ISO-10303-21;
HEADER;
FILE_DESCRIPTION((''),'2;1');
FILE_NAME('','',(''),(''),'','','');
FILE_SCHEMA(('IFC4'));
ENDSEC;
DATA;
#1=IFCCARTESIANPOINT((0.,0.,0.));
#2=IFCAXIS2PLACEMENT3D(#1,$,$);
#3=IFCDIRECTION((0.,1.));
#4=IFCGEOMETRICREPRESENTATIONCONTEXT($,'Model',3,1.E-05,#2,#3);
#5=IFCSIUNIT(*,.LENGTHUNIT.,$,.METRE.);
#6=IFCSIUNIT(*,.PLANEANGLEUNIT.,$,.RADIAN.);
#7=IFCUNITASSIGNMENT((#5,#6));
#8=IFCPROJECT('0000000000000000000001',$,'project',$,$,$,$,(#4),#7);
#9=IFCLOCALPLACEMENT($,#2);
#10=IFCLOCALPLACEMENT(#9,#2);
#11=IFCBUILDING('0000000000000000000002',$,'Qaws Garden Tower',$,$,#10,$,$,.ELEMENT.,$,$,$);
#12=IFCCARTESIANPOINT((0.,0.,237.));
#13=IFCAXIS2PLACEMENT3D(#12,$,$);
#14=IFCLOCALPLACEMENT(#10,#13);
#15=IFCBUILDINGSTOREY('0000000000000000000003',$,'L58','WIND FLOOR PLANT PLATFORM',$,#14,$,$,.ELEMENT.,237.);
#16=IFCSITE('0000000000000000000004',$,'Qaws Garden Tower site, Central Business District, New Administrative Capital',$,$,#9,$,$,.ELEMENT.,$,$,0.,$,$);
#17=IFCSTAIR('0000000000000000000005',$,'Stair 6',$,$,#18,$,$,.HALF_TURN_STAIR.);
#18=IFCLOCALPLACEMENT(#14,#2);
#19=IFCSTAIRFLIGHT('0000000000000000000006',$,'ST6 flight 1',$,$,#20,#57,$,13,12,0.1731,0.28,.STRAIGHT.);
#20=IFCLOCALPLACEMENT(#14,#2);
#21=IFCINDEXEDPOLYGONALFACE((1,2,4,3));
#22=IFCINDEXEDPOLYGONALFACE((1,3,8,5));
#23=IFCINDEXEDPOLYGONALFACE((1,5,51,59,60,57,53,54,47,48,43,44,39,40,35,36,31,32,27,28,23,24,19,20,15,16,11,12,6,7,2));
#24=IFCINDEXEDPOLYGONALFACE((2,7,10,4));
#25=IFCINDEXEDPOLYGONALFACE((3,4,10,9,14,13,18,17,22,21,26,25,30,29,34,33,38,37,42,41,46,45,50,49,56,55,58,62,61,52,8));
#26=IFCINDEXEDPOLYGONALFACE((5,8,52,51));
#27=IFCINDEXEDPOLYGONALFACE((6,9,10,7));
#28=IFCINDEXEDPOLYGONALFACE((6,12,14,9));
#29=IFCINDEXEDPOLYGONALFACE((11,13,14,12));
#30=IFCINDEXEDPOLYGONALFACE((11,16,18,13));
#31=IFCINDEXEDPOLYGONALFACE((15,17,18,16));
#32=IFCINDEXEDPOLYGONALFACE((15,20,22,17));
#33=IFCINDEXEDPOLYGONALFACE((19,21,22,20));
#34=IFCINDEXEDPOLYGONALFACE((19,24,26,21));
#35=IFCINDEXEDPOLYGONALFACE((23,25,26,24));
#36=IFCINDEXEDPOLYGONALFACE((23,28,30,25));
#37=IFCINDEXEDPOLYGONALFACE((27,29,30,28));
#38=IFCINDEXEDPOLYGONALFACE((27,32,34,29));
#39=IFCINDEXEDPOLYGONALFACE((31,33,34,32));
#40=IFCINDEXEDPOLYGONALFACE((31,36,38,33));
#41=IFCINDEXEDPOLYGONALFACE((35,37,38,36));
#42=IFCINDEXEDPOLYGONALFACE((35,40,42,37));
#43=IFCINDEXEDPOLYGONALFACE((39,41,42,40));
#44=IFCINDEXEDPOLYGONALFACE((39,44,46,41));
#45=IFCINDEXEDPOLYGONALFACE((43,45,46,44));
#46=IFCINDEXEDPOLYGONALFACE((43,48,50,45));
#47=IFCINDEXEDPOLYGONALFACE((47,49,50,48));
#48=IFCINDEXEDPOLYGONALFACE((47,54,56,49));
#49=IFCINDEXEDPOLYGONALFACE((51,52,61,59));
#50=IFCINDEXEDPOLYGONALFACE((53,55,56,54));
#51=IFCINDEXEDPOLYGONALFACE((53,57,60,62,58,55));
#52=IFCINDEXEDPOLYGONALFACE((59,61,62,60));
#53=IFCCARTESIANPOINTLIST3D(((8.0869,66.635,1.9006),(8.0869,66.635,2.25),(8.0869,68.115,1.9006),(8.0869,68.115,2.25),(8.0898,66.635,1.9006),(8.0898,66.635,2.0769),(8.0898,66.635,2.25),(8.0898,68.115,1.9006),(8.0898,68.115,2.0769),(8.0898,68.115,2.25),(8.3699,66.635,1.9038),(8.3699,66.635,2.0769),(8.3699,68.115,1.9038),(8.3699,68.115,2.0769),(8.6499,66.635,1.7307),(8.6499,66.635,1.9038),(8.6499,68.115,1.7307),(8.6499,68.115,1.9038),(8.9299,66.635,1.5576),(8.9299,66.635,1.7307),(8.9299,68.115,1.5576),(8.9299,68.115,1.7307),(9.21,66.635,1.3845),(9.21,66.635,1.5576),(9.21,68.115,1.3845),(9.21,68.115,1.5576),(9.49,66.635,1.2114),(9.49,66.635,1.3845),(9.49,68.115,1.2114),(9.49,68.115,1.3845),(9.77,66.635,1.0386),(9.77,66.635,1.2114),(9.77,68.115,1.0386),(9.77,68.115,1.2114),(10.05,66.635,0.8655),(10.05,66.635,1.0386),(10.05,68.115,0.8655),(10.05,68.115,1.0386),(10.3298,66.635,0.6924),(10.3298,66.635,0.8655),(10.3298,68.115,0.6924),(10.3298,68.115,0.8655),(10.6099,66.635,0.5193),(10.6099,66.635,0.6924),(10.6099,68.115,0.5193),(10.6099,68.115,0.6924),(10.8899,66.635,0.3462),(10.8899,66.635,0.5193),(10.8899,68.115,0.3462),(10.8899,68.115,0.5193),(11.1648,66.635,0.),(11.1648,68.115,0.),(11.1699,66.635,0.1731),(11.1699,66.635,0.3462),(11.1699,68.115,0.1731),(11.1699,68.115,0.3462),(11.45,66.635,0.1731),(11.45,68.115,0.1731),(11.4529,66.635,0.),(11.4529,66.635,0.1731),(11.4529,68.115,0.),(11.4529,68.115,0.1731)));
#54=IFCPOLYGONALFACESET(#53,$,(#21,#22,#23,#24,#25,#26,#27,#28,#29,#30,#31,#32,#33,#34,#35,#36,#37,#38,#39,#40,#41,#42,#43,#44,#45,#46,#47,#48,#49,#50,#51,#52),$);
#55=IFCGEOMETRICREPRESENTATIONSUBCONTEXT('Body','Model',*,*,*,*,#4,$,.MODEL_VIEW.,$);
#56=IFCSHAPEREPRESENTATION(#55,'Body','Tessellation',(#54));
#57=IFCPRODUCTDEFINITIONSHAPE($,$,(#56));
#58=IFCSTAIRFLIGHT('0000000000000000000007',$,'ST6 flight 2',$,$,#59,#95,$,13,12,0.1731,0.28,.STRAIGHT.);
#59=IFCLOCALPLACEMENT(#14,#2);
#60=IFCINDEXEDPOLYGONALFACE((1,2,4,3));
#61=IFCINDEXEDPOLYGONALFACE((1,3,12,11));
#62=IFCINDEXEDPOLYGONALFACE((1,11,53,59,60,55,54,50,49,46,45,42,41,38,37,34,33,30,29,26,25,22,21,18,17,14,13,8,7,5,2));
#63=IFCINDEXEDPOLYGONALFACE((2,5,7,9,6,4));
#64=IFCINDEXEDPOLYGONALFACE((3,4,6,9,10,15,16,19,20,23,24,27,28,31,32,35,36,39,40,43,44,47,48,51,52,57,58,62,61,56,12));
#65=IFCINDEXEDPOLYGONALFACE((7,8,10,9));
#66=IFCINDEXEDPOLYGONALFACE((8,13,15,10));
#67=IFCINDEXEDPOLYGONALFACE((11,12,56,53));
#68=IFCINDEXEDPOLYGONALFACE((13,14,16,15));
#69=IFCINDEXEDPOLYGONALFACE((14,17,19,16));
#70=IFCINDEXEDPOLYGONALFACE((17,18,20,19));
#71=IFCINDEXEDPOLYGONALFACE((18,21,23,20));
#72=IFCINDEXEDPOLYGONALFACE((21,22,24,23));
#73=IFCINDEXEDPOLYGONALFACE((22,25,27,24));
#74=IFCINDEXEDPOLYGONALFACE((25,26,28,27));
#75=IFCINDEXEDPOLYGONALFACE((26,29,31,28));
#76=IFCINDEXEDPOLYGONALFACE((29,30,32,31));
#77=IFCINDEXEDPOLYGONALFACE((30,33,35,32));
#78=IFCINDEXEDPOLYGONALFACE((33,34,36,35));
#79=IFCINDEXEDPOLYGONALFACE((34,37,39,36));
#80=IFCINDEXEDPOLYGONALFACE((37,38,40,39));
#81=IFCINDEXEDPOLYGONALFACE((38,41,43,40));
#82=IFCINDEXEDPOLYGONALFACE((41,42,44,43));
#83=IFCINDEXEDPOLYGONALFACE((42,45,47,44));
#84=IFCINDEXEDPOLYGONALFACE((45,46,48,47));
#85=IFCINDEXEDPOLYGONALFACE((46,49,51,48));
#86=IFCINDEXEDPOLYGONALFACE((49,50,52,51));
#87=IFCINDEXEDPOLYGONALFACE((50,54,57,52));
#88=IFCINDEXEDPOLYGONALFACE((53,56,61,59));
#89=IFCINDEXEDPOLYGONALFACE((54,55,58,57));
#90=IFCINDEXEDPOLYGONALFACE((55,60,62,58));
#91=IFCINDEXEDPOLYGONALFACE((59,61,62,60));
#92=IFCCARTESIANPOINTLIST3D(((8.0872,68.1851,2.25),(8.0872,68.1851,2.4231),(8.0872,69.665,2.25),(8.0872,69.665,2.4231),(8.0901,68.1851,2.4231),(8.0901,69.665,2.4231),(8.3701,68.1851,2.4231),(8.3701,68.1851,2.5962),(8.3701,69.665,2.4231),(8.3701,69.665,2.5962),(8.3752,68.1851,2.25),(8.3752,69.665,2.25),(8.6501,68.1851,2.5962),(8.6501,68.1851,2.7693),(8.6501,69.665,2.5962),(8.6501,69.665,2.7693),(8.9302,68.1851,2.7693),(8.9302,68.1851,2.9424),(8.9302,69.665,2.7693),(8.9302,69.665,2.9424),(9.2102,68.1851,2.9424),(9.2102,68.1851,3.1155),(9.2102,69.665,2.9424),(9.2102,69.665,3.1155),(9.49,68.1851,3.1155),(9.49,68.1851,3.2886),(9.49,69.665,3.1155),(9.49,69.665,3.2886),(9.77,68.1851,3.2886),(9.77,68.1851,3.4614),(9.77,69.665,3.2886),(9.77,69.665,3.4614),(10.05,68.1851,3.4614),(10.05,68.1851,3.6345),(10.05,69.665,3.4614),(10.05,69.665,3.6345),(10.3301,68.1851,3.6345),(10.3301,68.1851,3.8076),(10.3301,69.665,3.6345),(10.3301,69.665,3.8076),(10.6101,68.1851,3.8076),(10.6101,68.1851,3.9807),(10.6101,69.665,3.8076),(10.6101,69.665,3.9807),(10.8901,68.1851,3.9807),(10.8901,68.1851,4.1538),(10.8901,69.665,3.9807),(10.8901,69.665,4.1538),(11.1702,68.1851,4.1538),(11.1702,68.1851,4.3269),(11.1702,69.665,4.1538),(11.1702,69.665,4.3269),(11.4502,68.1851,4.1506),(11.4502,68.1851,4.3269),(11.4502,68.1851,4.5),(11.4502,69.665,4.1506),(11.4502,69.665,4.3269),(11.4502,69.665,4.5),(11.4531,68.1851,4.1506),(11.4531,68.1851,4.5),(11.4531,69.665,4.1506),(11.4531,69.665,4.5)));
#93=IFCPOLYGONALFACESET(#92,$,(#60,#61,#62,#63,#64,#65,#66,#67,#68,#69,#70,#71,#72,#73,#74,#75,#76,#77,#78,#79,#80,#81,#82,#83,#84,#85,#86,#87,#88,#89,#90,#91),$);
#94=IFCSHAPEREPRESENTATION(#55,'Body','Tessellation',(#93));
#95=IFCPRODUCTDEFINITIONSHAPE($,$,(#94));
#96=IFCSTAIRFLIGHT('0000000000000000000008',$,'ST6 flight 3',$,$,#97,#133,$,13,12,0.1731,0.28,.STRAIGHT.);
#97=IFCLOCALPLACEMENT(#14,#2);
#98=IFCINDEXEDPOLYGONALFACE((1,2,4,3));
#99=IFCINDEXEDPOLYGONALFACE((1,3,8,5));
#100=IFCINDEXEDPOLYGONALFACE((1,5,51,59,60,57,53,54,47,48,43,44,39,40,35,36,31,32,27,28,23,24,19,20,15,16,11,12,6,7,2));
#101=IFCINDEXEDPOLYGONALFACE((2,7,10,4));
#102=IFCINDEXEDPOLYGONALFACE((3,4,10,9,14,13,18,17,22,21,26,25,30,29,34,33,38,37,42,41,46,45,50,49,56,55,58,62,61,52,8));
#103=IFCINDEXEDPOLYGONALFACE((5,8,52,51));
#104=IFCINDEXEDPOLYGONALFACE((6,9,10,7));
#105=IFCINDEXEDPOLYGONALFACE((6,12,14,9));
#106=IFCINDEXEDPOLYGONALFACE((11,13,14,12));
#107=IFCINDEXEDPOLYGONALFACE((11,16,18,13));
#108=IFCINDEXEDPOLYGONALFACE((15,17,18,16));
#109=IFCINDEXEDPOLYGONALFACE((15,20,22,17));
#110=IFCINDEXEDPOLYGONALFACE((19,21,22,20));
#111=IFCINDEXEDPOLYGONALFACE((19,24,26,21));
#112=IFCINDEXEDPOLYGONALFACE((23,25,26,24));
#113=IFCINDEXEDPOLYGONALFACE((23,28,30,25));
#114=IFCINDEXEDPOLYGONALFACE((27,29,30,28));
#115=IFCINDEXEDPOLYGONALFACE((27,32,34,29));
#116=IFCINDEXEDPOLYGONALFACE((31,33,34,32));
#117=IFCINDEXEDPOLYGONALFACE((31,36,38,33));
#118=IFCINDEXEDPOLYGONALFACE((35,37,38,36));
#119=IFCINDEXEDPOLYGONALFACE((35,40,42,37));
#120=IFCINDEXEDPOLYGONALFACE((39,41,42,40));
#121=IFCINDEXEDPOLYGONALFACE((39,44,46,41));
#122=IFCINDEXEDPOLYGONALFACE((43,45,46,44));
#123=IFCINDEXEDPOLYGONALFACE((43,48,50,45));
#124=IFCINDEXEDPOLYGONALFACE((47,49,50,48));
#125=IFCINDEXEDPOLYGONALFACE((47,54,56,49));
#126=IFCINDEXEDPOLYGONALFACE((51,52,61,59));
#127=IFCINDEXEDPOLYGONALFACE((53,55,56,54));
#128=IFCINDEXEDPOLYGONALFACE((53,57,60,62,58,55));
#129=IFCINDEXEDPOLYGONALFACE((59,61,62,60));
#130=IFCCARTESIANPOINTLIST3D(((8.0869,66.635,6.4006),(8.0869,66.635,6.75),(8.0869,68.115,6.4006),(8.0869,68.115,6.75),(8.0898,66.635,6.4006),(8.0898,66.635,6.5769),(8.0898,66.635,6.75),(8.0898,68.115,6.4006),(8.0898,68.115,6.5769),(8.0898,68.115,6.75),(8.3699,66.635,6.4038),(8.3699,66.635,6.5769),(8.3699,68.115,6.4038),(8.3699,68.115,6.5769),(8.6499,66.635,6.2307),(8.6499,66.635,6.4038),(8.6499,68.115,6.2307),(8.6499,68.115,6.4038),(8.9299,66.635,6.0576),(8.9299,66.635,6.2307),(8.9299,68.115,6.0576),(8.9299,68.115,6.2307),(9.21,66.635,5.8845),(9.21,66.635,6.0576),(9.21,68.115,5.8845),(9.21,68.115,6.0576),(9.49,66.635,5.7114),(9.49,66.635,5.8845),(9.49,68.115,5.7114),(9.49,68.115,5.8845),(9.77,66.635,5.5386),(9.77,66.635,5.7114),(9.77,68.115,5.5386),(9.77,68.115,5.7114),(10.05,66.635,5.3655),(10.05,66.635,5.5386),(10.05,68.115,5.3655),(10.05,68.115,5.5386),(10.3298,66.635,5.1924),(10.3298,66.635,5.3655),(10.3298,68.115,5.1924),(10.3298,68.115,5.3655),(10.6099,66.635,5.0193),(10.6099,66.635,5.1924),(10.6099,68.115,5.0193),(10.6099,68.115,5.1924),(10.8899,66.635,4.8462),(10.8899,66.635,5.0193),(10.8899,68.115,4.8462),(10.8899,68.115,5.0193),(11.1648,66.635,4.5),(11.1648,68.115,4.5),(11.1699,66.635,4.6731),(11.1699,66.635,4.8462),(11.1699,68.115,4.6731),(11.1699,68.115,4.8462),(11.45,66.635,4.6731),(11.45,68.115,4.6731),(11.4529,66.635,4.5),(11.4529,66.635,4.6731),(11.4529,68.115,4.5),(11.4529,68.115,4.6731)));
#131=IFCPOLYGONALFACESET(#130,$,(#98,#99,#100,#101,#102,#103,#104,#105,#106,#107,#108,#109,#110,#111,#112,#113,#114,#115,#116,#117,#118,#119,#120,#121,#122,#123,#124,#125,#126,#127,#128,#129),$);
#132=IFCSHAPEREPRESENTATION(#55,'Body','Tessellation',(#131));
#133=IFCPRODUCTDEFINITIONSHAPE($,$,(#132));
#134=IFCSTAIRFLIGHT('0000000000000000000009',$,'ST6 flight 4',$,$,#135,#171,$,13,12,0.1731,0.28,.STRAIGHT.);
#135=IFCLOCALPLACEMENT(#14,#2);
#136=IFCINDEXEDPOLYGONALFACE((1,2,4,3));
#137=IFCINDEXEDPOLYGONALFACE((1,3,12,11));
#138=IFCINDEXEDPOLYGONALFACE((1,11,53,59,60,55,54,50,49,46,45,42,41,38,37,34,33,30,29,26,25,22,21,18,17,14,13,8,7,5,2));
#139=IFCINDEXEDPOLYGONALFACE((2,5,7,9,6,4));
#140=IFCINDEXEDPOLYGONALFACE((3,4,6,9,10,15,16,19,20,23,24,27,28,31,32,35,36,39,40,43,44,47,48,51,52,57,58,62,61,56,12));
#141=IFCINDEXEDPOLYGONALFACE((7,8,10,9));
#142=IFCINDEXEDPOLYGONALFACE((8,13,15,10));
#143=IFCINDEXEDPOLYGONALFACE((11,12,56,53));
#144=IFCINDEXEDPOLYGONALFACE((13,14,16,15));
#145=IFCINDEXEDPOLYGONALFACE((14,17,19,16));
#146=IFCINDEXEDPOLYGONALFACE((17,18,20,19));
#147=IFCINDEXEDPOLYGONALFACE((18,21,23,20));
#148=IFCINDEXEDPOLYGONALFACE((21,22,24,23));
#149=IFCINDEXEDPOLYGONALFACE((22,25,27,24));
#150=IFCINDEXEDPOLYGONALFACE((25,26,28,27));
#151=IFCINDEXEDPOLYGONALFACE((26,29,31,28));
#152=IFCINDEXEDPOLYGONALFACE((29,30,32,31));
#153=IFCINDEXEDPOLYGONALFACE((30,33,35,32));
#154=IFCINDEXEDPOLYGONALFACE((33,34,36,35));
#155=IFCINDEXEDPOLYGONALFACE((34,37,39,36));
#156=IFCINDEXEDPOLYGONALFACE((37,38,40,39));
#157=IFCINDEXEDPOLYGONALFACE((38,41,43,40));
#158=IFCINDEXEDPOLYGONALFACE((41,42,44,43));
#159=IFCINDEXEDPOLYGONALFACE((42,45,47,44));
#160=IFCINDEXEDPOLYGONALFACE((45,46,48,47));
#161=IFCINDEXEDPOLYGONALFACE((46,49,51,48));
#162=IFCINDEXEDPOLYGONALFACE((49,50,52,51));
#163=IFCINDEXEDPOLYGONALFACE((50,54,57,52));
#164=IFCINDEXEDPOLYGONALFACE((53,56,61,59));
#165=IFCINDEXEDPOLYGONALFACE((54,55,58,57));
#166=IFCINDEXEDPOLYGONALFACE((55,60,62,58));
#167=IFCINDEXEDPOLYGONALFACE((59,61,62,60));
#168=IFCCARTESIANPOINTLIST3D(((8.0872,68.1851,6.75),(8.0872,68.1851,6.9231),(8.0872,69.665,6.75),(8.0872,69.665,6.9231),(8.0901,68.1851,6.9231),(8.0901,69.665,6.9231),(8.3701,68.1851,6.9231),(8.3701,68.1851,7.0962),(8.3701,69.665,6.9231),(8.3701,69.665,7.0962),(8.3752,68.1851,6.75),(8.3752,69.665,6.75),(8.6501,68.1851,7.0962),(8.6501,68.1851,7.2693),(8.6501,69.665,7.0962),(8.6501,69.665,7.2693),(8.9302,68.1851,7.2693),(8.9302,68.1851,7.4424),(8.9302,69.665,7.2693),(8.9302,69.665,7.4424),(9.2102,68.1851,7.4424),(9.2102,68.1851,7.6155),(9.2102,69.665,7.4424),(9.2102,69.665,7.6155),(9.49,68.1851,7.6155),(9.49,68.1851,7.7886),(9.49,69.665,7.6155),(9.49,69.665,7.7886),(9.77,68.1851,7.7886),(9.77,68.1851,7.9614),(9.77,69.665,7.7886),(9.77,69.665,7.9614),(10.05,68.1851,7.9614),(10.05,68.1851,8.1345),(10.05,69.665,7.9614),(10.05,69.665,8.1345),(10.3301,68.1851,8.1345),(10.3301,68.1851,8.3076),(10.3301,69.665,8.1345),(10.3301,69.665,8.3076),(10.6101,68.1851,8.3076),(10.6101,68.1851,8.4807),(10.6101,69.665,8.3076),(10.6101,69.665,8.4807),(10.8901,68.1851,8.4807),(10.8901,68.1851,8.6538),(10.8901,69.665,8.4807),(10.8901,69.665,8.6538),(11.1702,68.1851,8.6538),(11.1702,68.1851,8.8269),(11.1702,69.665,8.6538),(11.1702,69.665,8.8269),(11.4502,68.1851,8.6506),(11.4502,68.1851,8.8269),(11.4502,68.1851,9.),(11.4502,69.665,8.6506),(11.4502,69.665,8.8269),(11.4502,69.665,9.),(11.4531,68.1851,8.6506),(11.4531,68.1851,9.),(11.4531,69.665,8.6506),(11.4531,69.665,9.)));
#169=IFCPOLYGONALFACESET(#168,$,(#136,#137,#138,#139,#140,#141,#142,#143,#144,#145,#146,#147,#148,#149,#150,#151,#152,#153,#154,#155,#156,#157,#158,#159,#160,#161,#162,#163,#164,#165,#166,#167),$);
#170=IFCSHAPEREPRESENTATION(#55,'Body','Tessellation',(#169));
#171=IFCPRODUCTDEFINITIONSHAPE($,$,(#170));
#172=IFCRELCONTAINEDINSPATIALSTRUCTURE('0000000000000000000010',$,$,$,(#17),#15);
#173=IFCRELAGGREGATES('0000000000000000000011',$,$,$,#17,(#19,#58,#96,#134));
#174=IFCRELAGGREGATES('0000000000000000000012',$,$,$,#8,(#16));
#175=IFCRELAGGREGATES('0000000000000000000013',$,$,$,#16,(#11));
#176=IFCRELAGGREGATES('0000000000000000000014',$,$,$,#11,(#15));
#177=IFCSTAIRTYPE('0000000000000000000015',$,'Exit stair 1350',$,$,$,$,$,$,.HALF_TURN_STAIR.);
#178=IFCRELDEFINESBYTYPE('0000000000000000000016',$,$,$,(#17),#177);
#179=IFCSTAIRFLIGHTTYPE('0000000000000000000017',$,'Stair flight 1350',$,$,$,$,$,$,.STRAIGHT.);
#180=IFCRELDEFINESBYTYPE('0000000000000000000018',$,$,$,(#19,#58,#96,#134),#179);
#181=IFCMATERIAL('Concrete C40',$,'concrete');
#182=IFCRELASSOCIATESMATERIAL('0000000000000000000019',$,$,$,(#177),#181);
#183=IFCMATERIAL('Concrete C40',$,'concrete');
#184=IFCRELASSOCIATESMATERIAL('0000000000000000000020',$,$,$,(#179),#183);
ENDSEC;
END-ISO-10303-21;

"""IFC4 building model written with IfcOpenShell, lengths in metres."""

from ifc_helpers import new_model, si_unit, direction, frame, origin, place, context, subcontext, project, spatial, polyline, outline, extrude, material, type_object, element, aggregate, save


model = new_model("IFC4")

# Units and contexts
model_context = context("Model", 3, precision=1e-05, world=origin(), true_north=direction((0.0, 1.0)))
body_context = subcontext(model_context, "Body", "Model", "MODEL_VIEW")
ifc_project = project(units=[si_unit("LENGTHUNIT", "METRE"), si_unit("PLANEANGLEUNIT", "RADIAN")], contexts=[model_context])

# Site, building, storey
site_placement = place(None, origin())
site = spatial("IfcSite", under=ifc_project, at=site_placement, Name="Qaws Garden Tower site, Central Business District, New Administrative Capital", CompositionType="ELEMENT", RefElevation=0.0)
building_placement = place(site_placement, origin())
building = spatial("IfcBuilding", under=site, at=building_placement, Name="Qaws Garden Tower", CompositionType="ELEMENT")
storey_placement = place(building_placement, frame((0.0, 0.0, 237.0)))
storey = spatial("IfcBuildingStorey", under=building, at=storey_placement, Name="L58", Description="WIND FLOOR PLANT PLATFORM", CompositionType="ELEMENT", Elevation=237.0)

# Stair, stair flights
ifc_material_1 = material(Name="Concrete C40", Category="concrete")
stair_type = type_object("IfcStairType", Name="Exit stair 1350", PredefinedType="HALF_TURN_STAIR", material=ifc_material_1)
placement_1 = place(storey_placement, origin())
stair_1 = element("IfcStair", 1, at=placement_1, inside=storey, type_object=stair_type, Name="Stair 6", PredefinedType="HALF_TURN_STAIR")
ifc_material_2 = material(Name="Concrete C40", Category="concrete")
stair_flight_type = type_object("IfcStairFlightType", Name="Stair flight 1350", PredefinedType="STRAIGHT", material=ifc_material_2)
stair_flight_1_placement = place(storey_placement, frame((11.45, 67.375, 0.0), z_axis=(0.0, 0.0, 1.0), x_axis=(-1.0, 0.0, 0.0)))
stair_flight_1 = element("IfcStairFlight", 2, at=stair_flight_1_placement, type_object=stair_flight_type, Name="ST6 flight 1", NumberOfRisers=13, NumberOfTreads=12, PredefinedType="STRAIGHT", RiserHeight=0.1731, TreadLength=0.28, context=body_context, shape_type="SweptSolid", body=[
    extrude(outline(polyline([(-0.0029, 0.0), (-0.0029, 0.1731), (0.0, 0.1731), (0.28, 0.1731), (0.28, 0.3462), (0.5601, 0.3462), (0.5601, 0.5193), (0.8401, 0.5193), (0.8401, 0.6924), (1.1201, 0.6924), (1.1201, 0.8655), (1.3999, 0.8655), (1.3999, 1.0386), (1.6799, 1.0386), (1.6799, 1.2114), (1.96, 1.2114), (1.96, 1.3845), (2.24, 1.3845), (2.24, 1.5576), (2.52, 1.5576), (2.52, 1.7307), (2.8, 1.7307), (2.8, 1.9038), (3.0801, 1.9038), (3.0801, 2.0769), (3.3601, 2.0769), (3.3601, 2.25), (3.363, 2.25), (3.363, 1.9006), (3.3601, 1.9006), (0.2852, 0.0), (-0.0029, 0.0)])), frame((0.0, 0.74, 0.0), z_axis=(0.0, -1.0, 0.0), x_axis=(1.0, 0.0, 0.0)), (0.0, 0.0, 1.0), 1.48),
])
stair_flight_2_placement = place(storey_placement, frame((8.0901, 68.925, 2.25), z_axis=(0.0, 0.0, 1.0), x_axis=(1.0, 0.0, 0.0)))
stair_flight_2 = element("IfcStairFlight", 3, at=stair_flight_2_placement, type_object=stair_flight_type, Name="ST6 flight 2", NumberOfRisers=13, NumberOfTreads=12, PredefinedType="STRAIGHT", RiserHeight=0.1731, TreadLength=0.28, context=body_context, shape_type="SweptSolid", body=[
    extrude(outline(polyline([(-0.0029, 0.0), (-0.0029, 0.1731), (0.0, 0.1731), (0.28, 0.1731), (0.28, 0.3462), (0.5601, 0.3462), (0.5601, 0.5193), (0.8401, 0.5193), (0.8401, 0.6924), (1.1201, 0.6924), (1.1201, 0.8655), (1.3999, 0.8655), (1.3999, 1.0386), (1.6799, 1.0386), (1.6799, 1.2114), (1.96, 1.2114), (1.96, 1.3845), (2.24, 1.3845), (2.24, 1.5576), (2.52, 1.5576), (2.52, 1.7307), (2.8, 1.7307), (2.8, 1.9038), (3.0801, 1.9038), (3.0801, 2.0769), (3.3601, 2.0769), (3.3601, 2.25), (3.363, 2.25), (3.363, 1.9006), (3.3601, 1.9006), (0.2852, 0.0), (-0.0029, 0.0)])), frame((0.0, 0.74, 0.0), z_axis=(0.0, -1.0, 0.0), x_axis=(1.0, 0.0, 0.0)), (0.0, 0.0, 1.0), 1.48),
])
stair_flight_3_placement = place(storey_placement, frame((11.45, 67.375, 4.5), z_axis=(0.0, 0.0, 1.0), x_axis=(-1.0, 0.0, 0.0)))
stair_flight_3 = element("IfcStairFlight", 4, at=stair_flight_3_placement, type_object=stair_flight_type, Name="ST6 flight 3", NumberOfRisers=13, NumberOfTreads=12, PredefinedType="STRAIGHT", RiserHeight=0.1731, TreadLength=0.28, context=body_context, shape_type="SweptSolid", body=[
    extrude(outline(polyline([(-0.0029, 0.0), (-0.0029, 0.1731), (0.0, 0.1731), (0.28, 0.1731), (0.28, 0.3462), (0.5601, 0.3462), (0.5601, 0.5193), (0.8401, 0.5193), (0.8401, 0.6924), (1.1201, 0.6924), (1.1201, 0.8655), (1.3999, 0.8655), (1.3999, 1.0386), (1.6799, 1.0386), (1.6799, 1.2114), (1.96, 1.2114), (1.96, 1.3845), (2.24, 1.3845), (2.24, 1.5576), (2.52, 1.5576), (2.52, 1.7307), (2.8, 1.7307), (2.8, 1.9038), (3.0801, 1.9038), (3.0801, 2.0769), (3.3601, 2.0769), (3.3601, 2.25), (3.363, 2.25), (3.363, 1.9006), (3.3601, 1.9006), (0.2852, 0.0), (-0.0029, 0.0)])), frame((0.0, 0.74, 0.0), z_axis=(0.0, -1.0, 0.0), x_axis=(1.0, 0.0, 0.0)), (0.0, 0.0, 1.0), 1.48),
])
stair_flight_4_placement = place(storey_placement, frame((8.0901, 68.925, 6.75), z_axis=(0.0, 0.0, 1.0), x_axis=(1.0, 0.0, 0.0)))
stair_flight_4 = element("IfcStairFlight", 5, at=stair_flight_4_placement, type_object=stair_flight_type, Name="ST6 flight 4", NumberOfRisers=13, NumberOfTreads=12, PredefinedType="STRAIGHT", RiserHeight=0.1731, TreadLength=0.28, context=body_context, shape_type="SweptSolid", body=[
    extrude(outline(polyline([(-0.0029, 0.0), (-0.0029, 0.1731), (0.0, 0.1731), (0.28, 0.1731), (0.28, 0.3462), (0.5601, 0.3462), (0.5601, 0.5193), (0.8401, 0.5193), (0.8401, 0.6924), (1.1201, 0.6924), (1.1201, 0.8655), (1.3999, 0.8655), (1.3999, 1.0386), (1.6799, 1.0386), (1.6799, 1.2114), (1.96, 1.2114), (1.96, 1.3845), (2.24, 1.3845), (2.24, 1.5576), (2.52, 1.5576), (2.52, 1.7307), (2.8, 1.7307), (2.8, 1.9038), (3.0801, 1.9038), (3.0801, 2.0769), (3.3601, 2.0769), (3.3601, 2.25), (3.363, 2.25), (3.363, 1.9006), (3.3601, 1.9006), (0.2852, 0.0), (-0.0029, 0.0)])), frame((0.0, 0.74, 0.0), z_axis=(0.0, -1.0, 0.0), x_axis=(1.0, 0.0, 0.0)), (0.0, 0.0, 1.0), 1.48),
])
aggregate(stair_1, [stair_flight_1, stair_flight_2, stair_flight_3, stair_flight_4])

save(model, "model.ifc")
